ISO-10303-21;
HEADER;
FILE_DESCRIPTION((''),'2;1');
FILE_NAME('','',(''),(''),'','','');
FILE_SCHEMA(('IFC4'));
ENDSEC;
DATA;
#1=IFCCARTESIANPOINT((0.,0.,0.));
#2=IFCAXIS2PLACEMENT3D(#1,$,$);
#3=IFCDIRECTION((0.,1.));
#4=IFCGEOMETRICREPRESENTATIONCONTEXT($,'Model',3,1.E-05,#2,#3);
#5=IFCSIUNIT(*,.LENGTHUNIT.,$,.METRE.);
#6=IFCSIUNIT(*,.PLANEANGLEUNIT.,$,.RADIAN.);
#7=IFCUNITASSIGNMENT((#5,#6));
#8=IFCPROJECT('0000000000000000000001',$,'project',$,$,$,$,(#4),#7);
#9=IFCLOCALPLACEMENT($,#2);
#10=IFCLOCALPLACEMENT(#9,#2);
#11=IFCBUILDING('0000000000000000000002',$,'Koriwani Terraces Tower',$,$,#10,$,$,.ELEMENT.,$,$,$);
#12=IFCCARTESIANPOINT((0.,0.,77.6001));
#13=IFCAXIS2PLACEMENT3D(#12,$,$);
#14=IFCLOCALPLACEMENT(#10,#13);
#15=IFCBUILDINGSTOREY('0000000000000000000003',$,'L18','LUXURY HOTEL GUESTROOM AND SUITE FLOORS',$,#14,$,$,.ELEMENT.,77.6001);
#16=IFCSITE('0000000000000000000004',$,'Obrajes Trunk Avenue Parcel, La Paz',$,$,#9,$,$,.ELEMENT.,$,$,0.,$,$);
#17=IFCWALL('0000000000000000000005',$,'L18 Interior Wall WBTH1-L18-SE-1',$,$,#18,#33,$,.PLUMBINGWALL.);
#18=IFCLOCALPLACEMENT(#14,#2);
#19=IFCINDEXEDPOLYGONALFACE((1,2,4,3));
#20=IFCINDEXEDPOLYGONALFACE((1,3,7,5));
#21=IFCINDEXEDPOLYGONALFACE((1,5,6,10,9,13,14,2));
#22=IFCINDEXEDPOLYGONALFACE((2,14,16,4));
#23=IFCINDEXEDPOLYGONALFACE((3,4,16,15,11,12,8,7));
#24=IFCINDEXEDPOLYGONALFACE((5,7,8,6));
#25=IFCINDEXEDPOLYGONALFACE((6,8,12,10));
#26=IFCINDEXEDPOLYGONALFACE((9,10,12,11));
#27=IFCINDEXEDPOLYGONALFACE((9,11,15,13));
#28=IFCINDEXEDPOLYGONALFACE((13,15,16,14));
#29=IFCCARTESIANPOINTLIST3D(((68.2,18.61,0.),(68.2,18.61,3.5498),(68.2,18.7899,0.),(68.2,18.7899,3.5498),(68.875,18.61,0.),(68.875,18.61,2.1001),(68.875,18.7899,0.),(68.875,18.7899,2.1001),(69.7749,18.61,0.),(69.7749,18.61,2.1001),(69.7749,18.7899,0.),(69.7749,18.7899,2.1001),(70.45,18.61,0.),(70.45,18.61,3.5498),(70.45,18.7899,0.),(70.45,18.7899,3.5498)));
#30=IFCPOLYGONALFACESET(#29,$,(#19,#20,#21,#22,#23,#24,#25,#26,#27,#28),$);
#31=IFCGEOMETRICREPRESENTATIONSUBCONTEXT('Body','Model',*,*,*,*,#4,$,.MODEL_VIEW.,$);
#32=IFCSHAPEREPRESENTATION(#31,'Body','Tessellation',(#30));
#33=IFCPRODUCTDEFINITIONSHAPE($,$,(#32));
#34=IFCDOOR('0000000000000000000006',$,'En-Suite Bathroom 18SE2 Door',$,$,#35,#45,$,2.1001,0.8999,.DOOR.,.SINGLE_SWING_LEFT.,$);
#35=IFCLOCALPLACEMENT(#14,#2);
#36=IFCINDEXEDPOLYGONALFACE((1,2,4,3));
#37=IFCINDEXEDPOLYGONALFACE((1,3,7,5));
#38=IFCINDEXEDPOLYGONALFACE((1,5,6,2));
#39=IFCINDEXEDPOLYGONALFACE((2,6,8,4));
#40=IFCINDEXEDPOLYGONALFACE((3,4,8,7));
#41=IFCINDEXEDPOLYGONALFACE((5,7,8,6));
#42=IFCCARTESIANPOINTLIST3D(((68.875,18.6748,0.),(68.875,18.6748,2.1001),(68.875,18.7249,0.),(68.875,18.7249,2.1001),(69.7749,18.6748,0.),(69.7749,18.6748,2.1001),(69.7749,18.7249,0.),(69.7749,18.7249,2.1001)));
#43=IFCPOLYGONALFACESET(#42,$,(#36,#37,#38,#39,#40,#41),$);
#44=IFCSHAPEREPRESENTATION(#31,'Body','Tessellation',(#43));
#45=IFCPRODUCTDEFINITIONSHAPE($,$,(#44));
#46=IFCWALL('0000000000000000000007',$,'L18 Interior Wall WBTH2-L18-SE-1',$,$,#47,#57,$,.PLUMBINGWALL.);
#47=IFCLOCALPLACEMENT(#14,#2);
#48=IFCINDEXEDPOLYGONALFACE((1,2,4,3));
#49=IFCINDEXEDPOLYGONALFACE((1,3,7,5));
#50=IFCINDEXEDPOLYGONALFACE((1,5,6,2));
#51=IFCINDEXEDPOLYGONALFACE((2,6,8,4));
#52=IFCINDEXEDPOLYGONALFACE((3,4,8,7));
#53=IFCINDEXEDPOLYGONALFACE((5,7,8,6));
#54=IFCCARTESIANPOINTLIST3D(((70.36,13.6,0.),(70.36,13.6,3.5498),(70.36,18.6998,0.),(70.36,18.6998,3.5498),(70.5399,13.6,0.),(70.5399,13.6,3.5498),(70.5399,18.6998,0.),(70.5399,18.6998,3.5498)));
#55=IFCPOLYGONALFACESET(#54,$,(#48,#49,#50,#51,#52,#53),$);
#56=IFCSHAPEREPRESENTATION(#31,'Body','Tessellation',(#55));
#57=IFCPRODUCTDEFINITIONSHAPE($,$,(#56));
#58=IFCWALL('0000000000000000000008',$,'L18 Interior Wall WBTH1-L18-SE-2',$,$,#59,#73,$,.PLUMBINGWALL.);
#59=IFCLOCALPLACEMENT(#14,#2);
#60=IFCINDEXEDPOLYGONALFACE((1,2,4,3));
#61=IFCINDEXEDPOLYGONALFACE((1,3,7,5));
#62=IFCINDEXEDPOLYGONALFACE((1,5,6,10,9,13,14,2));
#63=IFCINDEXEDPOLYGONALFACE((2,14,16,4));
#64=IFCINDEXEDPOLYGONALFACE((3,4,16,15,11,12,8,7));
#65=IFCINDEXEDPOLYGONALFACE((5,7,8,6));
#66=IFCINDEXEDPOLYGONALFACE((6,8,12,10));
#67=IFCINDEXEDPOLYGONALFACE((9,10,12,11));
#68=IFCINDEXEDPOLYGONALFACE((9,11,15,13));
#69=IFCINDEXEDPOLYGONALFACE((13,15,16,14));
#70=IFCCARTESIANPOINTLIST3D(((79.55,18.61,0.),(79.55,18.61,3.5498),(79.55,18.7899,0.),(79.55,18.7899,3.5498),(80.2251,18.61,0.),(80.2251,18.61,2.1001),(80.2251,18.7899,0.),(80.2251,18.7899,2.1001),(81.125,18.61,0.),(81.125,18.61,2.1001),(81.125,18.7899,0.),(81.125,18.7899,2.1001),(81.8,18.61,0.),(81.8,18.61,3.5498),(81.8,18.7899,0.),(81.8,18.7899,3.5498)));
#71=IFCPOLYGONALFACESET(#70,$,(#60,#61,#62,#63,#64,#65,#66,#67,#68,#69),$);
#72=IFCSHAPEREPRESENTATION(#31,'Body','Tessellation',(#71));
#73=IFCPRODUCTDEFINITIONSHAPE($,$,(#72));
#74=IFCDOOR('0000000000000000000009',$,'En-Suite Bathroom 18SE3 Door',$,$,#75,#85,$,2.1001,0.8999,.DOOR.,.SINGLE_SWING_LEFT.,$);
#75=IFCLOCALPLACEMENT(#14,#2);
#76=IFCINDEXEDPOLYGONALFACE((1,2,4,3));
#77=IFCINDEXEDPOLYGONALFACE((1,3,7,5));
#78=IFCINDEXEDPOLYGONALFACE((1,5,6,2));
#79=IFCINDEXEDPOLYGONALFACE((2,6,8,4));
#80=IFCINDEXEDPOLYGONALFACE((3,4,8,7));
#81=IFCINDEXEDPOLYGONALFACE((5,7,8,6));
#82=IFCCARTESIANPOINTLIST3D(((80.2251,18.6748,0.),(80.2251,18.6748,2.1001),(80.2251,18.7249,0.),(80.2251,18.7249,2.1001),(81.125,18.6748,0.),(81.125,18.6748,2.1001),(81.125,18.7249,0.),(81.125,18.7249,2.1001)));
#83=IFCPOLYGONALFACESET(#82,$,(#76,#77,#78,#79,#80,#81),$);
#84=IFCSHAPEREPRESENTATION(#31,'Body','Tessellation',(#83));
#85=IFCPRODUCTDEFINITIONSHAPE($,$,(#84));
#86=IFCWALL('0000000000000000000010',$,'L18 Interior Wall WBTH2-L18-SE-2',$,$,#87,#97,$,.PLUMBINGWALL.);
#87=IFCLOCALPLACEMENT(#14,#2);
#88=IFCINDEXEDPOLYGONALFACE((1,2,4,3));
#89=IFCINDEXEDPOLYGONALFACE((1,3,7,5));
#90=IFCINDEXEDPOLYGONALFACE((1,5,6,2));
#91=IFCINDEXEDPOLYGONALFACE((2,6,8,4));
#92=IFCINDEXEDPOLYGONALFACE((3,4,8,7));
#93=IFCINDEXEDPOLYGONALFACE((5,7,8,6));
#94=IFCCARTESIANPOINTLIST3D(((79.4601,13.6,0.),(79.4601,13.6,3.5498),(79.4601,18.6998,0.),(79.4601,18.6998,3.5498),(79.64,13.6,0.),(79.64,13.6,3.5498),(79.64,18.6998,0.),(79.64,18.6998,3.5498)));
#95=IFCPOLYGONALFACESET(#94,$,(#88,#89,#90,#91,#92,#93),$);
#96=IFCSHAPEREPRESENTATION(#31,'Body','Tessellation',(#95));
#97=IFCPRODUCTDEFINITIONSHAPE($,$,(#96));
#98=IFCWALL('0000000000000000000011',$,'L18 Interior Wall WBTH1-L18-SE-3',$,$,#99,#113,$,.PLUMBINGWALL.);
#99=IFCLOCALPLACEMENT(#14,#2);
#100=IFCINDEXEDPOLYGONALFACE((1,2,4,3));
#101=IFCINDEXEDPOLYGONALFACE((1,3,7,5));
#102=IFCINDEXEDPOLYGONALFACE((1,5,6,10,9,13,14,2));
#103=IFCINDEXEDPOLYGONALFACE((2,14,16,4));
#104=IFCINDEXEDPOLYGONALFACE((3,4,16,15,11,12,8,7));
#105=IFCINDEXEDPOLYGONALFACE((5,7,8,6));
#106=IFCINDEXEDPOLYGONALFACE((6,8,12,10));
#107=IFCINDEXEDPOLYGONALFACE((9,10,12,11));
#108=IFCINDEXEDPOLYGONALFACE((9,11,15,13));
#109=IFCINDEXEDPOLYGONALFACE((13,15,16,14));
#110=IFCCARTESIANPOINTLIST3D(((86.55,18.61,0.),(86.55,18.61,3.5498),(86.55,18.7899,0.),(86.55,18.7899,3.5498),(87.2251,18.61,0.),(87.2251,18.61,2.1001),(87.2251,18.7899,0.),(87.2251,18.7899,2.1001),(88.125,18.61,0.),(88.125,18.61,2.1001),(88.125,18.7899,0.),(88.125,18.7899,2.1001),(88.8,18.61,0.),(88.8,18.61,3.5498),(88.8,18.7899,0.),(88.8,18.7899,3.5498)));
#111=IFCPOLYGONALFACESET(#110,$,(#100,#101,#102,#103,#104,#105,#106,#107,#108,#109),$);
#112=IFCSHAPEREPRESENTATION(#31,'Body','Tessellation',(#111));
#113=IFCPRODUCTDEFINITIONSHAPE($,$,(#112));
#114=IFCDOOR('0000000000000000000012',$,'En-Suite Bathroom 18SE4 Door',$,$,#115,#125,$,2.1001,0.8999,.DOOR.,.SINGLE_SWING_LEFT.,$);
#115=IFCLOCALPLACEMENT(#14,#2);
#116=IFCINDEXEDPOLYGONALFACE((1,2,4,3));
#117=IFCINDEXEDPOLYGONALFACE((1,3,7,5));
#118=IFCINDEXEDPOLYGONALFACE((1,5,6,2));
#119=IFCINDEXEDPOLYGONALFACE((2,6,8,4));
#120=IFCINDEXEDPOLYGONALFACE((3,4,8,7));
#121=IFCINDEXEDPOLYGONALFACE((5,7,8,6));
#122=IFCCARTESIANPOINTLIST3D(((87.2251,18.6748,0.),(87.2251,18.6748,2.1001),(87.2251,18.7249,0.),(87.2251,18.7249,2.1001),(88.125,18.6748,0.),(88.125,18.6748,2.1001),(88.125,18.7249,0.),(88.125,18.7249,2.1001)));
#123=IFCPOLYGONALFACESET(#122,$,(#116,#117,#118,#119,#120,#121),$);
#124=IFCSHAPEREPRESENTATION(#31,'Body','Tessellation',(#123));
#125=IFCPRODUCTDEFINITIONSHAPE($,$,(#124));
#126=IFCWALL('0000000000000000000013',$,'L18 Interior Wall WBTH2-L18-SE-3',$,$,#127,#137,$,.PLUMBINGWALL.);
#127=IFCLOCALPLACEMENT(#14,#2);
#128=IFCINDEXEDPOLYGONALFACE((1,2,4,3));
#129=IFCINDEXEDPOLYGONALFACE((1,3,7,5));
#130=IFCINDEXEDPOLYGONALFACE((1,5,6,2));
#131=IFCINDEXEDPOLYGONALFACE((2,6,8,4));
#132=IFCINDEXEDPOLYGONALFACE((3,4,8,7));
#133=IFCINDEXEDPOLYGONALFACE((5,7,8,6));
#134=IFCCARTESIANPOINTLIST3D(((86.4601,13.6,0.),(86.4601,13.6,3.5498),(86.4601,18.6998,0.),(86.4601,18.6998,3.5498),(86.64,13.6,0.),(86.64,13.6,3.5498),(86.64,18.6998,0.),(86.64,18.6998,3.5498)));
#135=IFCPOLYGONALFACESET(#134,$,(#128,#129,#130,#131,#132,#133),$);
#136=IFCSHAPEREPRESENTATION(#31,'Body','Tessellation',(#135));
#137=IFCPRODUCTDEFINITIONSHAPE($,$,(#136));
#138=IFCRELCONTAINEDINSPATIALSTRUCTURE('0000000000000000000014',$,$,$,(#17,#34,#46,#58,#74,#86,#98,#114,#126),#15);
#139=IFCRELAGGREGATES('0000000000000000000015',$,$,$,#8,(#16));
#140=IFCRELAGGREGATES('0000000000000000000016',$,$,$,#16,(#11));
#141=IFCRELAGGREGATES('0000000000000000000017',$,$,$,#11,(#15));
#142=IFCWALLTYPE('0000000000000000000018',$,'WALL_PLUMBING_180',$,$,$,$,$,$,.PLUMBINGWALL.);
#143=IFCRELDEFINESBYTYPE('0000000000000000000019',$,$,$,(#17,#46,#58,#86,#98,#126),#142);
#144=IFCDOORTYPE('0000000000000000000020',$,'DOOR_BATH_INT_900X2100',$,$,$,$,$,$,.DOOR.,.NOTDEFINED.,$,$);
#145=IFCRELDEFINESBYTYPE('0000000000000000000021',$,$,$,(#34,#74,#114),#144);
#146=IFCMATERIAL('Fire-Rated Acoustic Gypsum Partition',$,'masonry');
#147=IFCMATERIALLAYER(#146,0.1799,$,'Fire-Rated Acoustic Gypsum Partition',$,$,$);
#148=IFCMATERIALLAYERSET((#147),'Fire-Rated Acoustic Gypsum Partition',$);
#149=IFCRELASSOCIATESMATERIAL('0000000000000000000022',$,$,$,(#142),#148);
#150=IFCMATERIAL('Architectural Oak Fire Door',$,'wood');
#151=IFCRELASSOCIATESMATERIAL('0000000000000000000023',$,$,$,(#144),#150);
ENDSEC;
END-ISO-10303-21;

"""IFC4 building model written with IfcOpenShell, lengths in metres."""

from ifc_helpers import new_model, si_unit, direction, frame, frame_2d, origin, place, context, subcontext, project, spatial, rectangle, extrude, material, layer, layer_set, type_object, element, fill, save


model = new_model("IFC4")

# Units and contexts
model_context = context("Model", 3, precision=1e-05, world=origin(), true_north=direction((0.0, 1.0)))
body_context = subcontext(model_context, "Body", "Model", "MODEL_VIEW")
ifc_project = project(units=[si_unit("LENGTHUNIT", "METRE"), si_unit("PLANEANGLEUNIT", "RADIAN")], contexts=[model_context])

# Site, building, storey
site_placement = place(None, origin())
site = spatial("IfcSite", under=ifc_project, at=site_placement, Name="Obrajes Trunk Avenue Parcel, La Paz", CompositionType="ELEMENT", RefElevation=0.0)
building_placement = place(site_placement, origin())
building = spatial("IfcBuilding", under=site, at=building_placement, Name="Koriwani Terraces Tower", CompositionType="ELEMENT")
storey_placement = place(building_placement, frame((0.0, 0.0, 77.6001)))
storey = spatial("IfcBuildingStorey", under=building, at=storey_placement, Name="L18", Description="LUXURY HOTEL GUESTROOM AND SUITE FLOORS", CompositionType="ELEMENT", Elevation=77.6001)

# Wall, opening, door
ifc_material_1 = material(Name="Fire-Rated Acoustic Gypsum Partition", Category="masonry")
ifc_layer_1 = layer(ifc_material_1, 0.1799, Name="Fire-Rated Acoustic Gypsum Partition")
ifc_layer_set_1 = layer_set([ifc_layer_1], Name="Fire-Rated Acoustic Gypsum Partition")
wall_type_1 = type_object("IfcWallType", Name="WALL_PLUMBING_180", PredefinedType="PLUMBINGWALL", material=ifc_layer_set_1)
wall_1_placement = place(storey_placement, frame((68.2, 18.7, 0.0), z_axis=(0.0, 0.0, 1.0), x_axis=(1.0, 0.0, 0.0)))
wall_1 = element("IfcWall", 1, at=wall_1_placement, inside=storey, type_object=wall_type_1, Name="L18 Interior Wall WBTH1-L18-SE-1", PredefinedType="PLUMBINGWALL", context=body_context, shape_type="SweptSolid", body=[
    extrude(rectangle(XDim=2.25, YDim=0.1799, at=frame_2d((1.125, 0.0))), origin(), (0.0, 0.0, 1.0), 3.5498),
])
opening_1_placement = place(wall_1_placement, frame((0.675, 0.0, 0.0)))
opening_1 = element("IfcOpeningElement", 2, at=opening_1_placement, cuts=wall_1, PredefinedType="OPENING", context=body_context, shape_type="SweptSolid", body=[
    extrude(rectangle(XDim=0.8999, YDim=2.1001, at=frame_2d((0.45, 1.05))), frame((0.0, 0.1001, 0.0), z_axis=(0.0, -1.0, 0.0), x_axis=(1.0, 0.0, 0.0)), (0.0, 0.0, 1.0), 0.2),
])
ifc_material_2 = material(Name="Architectural Oak Fire Door", Category="wood")
door_type = type_object("IfcDoorType", Name="DOOR_BATH_INT_900X2100", OperationType="NOTDEFINED", PredefinedType="DOOR", material=ifc_material_2)
door_1_placement = place(opening_1_placement, origin())
door_1 = element("IfcDoor", 3, at=door_1_placement, inside=storey, type_object=door_type, Name="En-Suite Bathroom 18SE2 Door", OperationType="SINGLE_SWING_LEFT", OverallHeight=2.1001, OverallWidth=0.8999, PredefinedType="DOOR", context=body_context, shape_type="SweptSolid", body=[
    extrude(rectangle(XDim=0.8999, YDim=2.1001, at=frame_2d((0.45, 1.05))), frame((0.0, 0.0249, 0.0), z_axis=(0.0, -1.0, 0.0), x_axis=(1.0, 0.0, 0.0)), (0.0, 0.0, 1.0), 0.05),
])
fill(opening_1, door_1)

# Wall
wall_2_placement = place(storey_placement, frame((70.45, 13.6001, 0.0), z_axis=(0.0, 0.0, 1.0), x_axis=(0.0, 1.0, 0.0)))
element("IfcWall", 4, at=wall_2_placement, inside=storey, type_object=wall_type_1, Name="L18 Interior Wall WBTH2-L18-SE-1", PredefinedType="PLUMBINGWALL", context=body_context, shape_type="SweptSolid", body=[
    extrude(rectangle(XDim=5.0999, YDim=0.1799, at=frame_2d((2.5498, 0.0))), origin(), (0.0, 0.0, 1.0), 3.5498),
])

# Wall, opening, door
wall_3_placement = place(storey_placement, frame((79.55, 18.7, 0.0), z_axis=(0.0, 0.0, 1.0), x_axis=(1.0, 0.0, 0.0)))
wall_3 = element("IfcWall", 5, at=wall_3_placement, inside=storey, type_object=wall_type_1, Name="L18 Interior Wall WBTH1-L18-SE-2", PredefinedType="PLUMBINGWALL", context=body_context, shape_type="SweptSolid", body=[
    extrude(rectangle(XDim=2.25, YDim=0.1799, at=frame_2d((1.125, 0.0))), origin(), (0.0, 0.0, 1.0), 3.5498),
])
opening_2_placement = place(wall_3_placement, frame((0.675, 0.0, 0.0)))
opening_2 = element("IfcOpeningElement", 6, at=opening_2_placement, cuts=wall_3, PredefinedType="OPENING", context=body_context, shape_type="SweptSolid", body=[
    extrude(rectangle(XDim=0.8999, YDim=2.1001, at=frame_2d((0.45, 1.05))), frame((0.0, 0.1001, 0.0), z_axis=(0.0, -1.0, 0.0), x_axis=(1.0, 0.0, 0.0)), (0.0, 0.0, 1.0), 0.2),
])
door_2_placement = place(opening_2_placement, origin())
door_2 = element("IfcDoor", 7, at=door_2_placement, inside=storey, type_object=door_type, Name="En-Suite Bathroom 18SE3 Door", OperationType="SINGLE_SWING_LEFT", OverallHeight=2.1001, OverallWidth=0.8999, PredefinedType="DOOR", context=body_context, shape_type="SweptSolid", body=[
    extrude(rectangle(XDim=0.8999, YDim=2.1001, at=frame_2d((0.45, 1.05))), frame((0.0, 0.0249, 0.0), z_axis=(0.0, -1.0, 0.0), x_axis=(1.0, 0.0, 0.0)), (0.0, 0.0, 1.0), 0.05),
])
fill(opening_2, door_2)

# Wall
wall_4_placement = place(storey_placement, frame((79.55, 13.6001, 0.0), z_axis=(0.0, 0.0, 1.0), x_axis=(0.0, 1.0, 0.0)))
element("IfcWall", 8, at=wall_4_placement, inside=storey, type_object=wall_type_1, Name="L18 Interior Wall WBTH2-L18-SE-2", PredefinedType="PLUMBINGWALL", context=body_context, shape_type="SweptSolid", body=[
    extrude(rectangle(XDim=5.0999, YDim=0.1799, at=frame_2d((2.5498, 0.0))), origin(), (0.0, 0.0, 1.0), 3.5498),
])

# Wall, opening, door
wall_5_placement = place(storey_placement, frame((86.55, 18.7, 0.0), z_axis=(0.0, 0.0, 1.0), x_axis=(1.0, 0.0, 0.0)))
wall_5 = element("IfcWall", 9, at=wall_5_placement, inside=storey, type_object=wall_type_1, Name="L18 Interior Wall WBTH1-L18-SE-3", PredefinedType="PLUMBINGWALL", context=body_context, shape_type="SweptSolid", body=[
    extrude(rectangle(XDim=2.25, YDim=0.1799, at=frame_2d((1.125, 0.0))), origin(), (0.0, 0.0, 1.0), 3.5498),
])
opening_3_placement = place(wall_5_placement, frame((0.675, 0.0, 0.0)))
opening_3 = element("IfcOpeningElement", 10, at=opening_3_placement, cuts=wall_5, PredefinedType="OPENING", context=body_context, shape_type="SweptSolid", body=[
    extrude(rectangle(XDim=0.8999, YDim=2.1001, at=frame_2d((0.45, 1.05))), frame((0.0, 0.1001, 0.0), z_axis=(0.0, -1.0, 0.0), x_axis=(1.0, 0.0, 0.0)), (0.0, 0.0, 1.0), 0.2),
])
door_3_placement = place(opening_3_placement, origin())
door_3 = element("IfcDoor", 11, at=door_3_placement, inside=storey, type_object=door_type, Name="En-Suite Bathroom 18SE4 Door", OperationType="SINGLE_SWING_LEFT", OverallHeight=2.1001, OverallWidth=0.8999, PredefinedType="DOOR", context=body_context, shape_type="SweptSolid", body=[
    extrude(rectangle(XDim=0.8999, YDim=2.1001, at=frame_2d((0.45, 1.05))), frame((0.0, 0.0249, 0.0), z_axis=(0.0, -1.0, 0.0), x_axis=(1.0, 0.0, 0.0)), (0.0, 0.0, 1.0), 0.05),
])
fill(opening_3, door_3)

# Wall
wall_6_placement = place(storey_placement, frame((86.55, 13.6001, 0.0), z_axis=(0.0, 0.0, 1.0), x_axis=(0.0, 1.0, 0.0)))
element("IfcWall", 12, at=wall_6_placement, inside=storey, type_object=wall_type_1, Name="L18 Interior Wall WBTH2-L18-SE-3", PredefinedType="PLUMBINGWALL", context=body_context, shape_type="SweptSolid", body=[
    extrude(rectangle(XDim=5.0999, YDim=0.1799, at=frame_2d((2.5498, 0.0))), origin(), (0.0, 0.0, 1.0), 3.5498),
])

save(model, "model.ifc")
